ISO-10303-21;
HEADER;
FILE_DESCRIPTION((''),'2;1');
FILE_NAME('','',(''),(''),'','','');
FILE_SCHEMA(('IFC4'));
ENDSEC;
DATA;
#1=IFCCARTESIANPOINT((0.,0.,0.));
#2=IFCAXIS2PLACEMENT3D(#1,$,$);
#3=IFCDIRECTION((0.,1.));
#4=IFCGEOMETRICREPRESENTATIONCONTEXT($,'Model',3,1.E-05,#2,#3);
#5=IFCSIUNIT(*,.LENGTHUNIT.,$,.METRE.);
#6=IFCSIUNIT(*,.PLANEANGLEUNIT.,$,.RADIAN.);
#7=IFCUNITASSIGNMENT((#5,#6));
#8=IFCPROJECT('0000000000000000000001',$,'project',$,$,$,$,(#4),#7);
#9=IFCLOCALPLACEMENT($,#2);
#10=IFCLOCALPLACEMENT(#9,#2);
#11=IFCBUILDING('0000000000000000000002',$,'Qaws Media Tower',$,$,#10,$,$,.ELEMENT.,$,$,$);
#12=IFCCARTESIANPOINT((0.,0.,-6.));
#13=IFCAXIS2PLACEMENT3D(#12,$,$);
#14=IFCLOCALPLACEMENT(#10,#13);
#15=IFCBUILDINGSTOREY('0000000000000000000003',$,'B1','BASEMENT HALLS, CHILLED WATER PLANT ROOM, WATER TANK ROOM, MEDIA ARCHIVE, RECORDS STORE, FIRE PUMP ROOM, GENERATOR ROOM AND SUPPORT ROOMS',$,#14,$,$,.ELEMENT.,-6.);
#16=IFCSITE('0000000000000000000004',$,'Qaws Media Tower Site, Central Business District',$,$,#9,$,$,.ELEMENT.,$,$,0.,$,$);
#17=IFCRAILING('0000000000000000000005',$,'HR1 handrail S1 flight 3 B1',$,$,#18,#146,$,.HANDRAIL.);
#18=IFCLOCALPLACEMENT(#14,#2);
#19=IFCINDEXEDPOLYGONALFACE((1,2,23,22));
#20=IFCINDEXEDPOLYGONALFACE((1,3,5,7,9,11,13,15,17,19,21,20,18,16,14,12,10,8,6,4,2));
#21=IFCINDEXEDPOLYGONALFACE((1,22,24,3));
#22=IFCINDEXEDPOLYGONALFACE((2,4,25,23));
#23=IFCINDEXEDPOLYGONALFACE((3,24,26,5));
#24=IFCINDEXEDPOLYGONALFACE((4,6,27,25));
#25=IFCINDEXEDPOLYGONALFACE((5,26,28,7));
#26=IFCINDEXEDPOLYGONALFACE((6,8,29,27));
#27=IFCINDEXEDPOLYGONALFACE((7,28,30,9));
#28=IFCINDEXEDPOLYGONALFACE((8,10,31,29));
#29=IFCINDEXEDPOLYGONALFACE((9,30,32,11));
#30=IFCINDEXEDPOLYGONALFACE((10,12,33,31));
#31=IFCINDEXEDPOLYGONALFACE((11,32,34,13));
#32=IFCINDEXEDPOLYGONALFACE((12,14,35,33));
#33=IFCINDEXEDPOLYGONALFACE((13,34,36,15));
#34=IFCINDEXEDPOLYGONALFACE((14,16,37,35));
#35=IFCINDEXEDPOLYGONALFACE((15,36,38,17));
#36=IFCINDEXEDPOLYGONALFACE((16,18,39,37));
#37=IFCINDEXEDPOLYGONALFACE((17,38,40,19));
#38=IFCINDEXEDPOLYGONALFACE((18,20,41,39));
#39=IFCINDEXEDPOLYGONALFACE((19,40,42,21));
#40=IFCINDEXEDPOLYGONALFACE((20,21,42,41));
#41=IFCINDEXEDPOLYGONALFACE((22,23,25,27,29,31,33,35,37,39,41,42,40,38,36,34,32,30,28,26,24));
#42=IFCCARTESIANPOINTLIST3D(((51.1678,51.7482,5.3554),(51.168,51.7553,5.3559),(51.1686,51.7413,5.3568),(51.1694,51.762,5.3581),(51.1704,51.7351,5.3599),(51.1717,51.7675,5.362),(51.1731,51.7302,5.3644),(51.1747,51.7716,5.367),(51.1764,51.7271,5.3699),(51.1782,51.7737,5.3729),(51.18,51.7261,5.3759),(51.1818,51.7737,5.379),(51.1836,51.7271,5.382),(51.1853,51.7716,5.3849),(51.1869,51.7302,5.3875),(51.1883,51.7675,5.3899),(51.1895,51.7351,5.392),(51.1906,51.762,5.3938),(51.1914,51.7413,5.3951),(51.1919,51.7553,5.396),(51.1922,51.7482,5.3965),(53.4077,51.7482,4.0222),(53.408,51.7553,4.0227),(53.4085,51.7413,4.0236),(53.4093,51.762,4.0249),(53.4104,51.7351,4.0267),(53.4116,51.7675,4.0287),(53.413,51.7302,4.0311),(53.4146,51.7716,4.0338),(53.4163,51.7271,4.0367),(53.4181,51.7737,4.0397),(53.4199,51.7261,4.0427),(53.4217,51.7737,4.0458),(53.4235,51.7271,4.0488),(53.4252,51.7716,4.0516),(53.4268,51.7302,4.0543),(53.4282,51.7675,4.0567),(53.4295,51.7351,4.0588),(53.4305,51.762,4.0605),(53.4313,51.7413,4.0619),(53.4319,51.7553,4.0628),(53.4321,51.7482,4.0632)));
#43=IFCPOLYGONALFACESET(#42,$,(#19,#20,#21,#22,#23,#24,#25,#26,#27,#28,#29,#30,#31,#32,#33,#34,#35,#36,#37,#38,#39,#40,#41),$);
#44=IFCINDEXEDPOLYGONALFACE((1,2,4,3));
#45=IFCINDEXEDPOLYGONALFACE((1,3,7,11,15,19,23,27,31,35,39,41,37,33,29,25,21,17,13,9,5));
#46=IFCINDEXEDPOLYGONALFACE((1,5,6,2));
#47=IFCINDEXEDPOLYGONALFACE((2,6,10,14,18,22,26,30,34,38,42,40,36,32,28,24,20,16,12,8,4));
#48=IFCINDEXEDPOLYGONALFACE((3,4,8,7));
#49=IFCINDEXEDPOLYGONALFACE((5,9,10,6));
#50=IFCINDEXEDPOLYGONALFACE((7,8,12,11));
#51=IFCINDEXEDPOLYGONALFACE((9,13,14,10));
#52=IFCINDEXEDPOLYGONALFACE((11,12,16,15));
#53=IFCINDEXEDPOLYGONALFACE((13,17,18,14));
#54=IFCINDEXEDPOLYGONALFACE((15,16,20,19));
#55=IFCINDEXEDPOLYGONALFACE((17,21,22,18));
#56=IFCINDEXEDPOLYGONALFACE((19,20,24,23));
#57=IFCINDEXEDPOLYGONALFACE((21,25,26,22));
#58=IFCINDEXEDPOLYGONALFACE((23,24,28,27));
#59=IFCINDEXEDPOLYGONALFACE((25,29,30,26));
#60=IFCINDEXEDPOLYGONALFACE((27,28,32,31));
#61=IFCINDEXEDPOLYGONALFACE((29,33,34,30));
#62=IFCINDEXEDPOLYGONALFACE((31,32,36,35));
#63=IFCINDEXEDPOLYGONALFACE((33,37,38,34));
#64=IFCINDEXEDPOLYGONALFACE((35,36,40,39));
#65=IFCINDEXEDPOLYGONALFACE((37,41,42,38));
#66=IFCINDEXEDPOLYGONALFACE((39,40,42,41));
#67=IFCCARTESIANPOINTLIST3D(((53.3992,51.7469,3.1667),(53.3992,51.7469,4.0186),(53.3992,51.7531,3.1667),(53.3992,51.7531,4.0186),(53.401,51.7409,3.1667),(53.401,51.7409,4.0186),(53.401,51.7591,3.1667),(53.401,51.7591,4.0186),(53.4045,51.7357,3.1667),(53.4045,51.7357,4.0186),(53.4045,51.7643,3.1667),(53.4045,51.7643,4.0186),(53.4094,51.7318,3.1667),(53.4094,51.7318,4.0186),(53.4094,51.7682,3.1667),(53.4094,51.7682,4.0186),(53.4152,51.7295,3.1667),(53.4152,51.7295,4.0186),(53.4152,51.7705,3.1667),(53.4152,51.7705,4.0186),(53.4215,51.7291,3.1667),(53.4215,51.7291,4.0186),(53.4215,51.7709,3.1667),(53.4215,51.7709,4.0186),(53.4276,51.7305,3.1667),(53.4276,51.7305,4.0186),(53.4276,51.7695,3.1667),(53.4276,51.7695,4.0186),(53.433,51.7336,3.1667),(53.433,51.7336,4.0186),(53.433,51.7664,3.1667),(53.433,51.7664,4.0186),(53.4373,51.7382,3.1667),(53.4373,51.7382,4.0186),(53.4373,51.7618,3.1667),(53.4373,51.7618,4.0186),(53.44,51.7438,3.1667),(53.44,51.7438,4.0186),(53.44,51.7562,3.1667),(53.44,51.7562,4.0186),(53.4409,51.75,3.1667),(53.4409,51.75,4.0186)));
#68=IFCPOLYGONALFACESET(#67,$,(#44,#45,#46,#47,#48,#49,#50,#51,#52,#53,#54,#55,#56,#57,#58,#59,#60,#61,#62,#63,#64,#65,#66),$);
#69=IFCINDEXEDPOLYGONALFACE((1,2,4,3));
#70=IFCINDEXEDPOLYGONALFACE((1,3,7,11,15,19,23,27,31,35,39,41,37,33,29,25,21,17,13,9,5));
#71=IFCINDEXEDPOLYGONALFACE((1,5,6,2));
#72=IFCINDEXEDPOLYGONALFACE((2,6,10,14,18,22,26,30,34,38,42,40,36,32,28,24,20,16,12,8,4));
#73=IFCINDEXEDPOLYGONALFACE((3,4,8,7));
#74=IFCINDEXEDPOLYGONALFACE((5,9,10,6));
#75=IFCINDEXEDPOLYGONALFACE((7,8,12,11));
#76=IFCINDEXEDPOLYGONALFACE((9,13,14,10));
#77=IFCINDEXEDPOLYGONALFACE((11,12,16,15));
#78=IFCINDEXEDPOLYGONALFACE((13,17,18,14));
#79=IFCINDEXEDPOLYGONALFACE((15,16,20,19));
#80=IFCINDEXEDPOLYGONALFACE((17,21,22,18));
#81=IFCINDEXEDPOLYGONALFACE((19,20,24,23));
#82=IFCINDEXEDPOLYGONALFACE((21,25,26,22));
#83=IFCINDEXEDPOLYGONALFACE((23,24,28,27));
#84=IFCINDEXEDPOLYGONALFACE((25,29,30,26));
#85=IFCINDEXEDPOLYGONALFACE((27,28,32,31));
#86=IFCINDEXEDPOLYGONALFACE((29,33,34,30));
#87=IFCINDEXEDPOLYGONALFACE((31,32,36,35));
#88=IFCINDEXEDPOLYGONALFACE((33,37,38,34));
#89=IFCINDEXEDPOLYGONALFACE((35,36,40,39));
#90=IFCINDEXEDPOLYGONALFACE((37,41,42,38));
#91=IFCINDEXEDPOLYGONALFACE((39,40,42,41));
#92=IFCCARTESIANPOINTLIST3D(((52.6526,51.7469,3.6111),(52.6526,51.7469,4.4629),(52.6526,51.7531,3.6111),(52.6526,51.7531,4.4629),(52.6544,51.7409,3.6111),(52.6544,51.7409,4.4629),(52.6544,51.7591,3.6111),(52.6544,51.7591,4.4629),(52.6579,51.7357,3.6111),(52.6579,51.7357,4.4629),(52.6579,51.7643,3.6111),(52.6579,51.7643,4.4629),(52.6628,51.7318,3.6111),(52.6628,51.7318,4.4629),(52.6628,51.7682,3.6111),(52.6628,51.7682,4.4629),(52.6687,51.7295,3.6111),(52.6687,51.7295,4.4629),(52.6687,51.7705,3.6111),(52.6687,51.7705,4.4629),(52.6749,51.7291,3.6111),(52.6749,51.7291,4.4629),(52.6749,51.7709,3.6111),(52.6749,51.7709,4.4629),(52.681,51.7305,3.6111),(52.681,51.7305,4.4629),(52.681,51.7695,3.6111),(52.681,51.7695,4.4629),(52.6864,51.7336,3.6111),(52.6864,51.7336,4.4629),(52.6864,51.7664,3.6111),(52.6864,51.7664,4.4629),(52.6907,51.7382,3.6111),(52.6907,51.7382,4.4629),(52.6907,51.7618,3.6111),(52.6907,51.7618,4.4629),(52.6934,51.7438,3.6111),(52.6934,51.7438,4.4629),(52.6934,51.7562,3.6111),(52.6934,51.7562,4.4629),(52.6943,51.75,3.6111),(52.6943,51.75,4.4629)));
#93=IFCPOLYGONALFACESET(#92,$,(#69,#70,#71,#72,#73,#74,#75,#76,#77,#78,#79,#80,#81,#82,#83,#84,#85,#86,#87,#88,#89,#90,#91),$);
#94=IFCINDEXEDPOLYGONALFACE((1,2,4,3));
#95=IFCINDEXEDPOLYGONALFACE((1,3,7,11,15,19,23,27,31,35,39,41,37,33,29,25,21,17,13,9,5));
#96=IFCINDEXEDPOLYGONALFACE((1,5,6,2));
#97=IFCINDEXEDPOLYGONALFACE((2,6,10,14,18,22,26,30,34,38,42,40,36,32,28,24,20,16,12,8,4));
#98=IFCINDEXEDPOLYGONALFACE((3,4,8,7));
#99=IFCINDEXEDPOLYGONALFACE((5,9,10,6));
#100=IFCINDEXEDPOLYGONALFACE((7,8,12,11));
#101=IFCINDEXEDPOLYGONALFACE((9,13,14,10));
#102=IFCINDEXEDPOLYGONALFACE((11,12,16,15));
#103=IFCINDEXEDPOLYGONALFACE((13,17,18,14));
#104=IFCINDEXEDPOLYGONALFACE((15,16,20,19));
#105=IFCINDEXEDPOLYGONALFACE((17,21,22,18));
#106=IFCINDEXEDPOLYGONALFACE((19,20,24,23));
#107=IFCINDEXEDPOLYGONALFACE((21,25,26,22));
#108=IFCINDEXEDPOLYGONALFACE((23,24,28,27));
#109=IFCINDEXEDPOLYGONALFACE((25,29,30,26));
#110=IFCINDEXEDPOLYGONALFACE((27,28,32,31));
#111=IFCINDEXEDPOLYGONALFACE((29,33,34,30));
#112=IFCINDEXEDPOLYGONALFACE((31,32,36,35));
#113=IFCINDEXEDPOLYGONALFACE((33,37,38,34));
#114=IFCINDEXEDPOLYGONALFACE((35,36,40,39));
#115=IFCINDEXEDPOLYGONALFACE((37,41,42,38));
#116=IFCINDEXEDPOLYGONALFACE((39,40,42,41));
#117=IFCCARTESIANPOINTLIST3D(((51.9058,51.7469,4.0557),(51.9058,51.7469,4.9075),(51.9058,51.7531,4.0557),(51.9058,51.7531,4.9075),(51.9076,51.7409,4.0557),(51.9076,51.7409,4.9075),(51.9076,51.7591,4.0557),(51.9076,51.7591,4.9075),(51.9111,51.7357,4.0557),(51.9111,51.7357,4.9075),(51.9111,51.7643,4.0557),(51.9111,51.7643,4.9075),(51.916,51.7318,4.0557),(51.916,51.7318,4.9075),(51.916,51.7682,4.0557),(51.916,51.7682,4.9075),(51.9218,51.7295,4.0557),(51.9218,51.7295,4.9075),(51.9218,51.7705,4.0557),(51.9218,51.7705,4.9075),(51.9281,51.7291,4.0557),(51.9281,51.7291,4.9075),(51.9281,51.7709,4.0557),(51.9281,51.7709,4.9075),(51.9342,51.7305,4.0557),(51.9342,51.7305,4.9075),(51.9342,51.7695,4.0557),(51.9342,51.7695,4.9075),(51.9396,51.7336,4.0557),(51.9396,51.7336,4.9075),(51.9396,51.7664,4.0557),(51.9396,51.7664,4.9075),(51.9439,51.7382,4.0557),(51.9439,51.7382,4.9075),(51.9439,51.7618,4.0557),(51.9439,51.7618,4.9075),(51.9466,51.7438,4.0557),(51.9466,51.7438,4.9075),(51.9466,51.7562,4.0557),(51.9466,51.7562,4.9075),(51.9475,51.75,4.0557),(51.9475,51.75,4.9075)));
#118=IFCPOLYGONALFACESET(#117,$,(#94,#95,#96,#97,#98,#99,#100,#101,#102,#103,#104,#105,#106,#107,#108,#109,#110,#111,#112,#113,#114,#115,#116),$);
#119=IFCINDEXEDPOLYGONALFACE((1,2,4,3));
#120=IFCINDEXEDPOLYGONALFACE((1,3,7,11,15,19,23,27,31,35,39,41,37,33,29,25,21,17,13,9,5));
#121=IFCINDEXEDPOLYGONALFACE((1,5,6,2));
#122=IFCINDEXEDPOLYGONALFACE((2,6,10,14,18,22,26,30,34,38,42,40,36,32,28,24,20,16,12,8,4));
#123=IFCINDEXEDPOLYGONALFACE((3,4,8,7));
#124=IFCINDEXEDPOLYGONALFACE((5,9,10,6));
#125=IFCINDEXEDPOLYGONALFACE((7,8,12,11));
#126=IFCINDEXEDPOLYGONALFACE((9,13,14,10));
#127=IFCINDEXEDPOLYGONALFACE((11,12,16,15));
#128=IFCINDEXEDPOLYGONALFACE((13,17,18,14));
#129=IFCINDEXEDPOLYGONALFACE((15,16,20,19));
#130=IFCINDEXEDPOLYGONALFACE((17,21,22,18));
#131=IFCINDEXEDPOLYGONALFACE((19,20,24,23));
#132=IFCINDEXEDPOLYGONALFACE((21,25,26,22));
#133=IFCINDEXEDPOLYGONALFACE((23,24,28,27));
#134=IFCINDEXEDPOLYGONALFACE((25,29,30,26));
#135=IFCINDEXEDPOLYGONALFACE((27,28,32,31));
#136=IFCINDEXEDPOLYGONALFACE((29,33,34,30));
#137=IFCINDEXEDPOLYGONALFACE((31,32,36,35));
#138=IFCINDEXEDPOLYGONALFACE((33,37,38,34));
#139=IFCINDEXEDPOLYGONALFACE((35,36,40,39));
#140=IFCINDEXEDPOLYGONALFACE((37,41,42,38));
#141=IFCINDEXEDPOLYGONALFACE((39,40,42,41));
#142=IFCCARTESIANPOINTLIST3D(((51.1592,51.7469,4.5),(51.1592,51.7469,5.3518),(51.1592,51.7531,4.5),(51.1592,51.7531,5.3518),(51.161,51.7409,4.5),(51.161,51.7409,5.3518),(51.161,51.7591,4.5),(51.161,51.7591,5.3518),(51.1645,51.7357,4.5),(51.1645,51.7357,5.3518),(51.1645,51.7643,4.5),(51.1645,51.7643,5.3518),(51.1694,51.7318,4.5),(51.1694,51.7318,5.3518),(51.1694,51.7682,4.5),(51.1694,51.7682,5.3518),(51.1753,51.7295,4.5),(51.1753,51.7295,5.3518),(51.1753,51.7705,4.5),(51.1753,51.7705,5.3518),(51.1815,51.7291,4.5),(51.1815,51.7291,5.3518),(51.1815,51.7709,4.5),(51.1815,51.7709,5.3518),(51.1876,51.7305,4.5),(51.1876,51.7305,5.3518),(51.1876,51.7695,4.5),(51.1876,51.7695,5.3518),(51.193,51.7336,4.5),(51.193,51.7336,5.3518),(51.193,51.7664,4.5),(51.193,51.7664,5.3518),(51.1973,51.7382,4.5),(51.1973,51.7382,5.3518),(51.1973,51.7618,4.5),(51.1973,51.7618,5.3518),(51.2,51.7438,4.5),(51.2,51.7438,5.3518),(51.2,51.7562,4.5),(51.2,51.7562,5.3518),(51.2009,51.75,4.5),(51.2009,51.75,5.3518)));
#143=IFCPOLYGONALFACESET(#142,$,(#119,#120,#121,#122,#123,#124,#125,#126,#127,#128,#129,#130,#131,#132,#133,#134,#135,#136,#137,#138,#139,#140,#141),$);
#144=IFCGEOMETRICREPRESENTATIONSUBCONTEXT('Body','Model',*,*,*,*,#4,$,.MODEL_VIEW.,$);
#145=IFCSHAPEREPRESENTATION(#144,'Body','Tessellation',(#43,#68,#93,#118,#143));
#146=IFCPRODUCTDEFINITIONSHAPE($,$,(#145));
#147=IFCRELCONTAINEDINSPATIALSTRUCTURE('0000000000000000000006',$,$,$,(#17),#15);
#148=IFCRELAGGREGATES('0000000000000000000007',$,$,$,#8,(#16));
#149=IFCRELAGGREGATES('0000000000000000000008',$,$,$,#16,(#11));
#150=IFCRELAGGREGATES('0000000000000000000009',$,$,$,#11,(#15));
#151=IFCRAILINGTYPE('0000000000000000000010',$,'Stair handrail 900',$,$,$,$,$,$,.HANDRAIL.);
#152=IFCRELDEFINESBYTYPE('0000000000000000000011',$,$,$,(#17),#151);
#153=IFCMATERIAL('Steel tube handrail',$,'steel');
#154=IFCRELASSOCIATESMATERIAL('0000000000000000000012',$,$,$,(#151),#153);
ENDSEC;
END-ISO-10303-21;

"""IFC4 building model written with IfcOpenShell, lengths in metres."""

from ifc_helpers import new_model, si_unit, direction, frame, origin, origin_2d, place, context, subcontext, project, spatial, circle, extrude, material, type_object, element, save


model = new_model("IFC4")

# Units and contexts
model_context = context("Model", 3, precision=1e-05, world=origin(), true_north=direction((0.0, 1.0)))
body_context = subcontext(model_context, "Body", "Model", "MODEL_VIEW")
ifc_project = project(units=[si_unit("LENGTHUNIT", "METRE"), si_unit("PLANEANGLEUNIT", "RADIAN")], contexts=[model_context])

# Site, building, storey
site_placement = place(None, origin())
site = spatial("IfcSite", under=ifc_project, at=site_placement, Name="Qaws Media Tower Site, Central Business District", CompositionType="ELEMENT", RefElevation=0.0)
building_placement = place(site_placement, origin())
building = spatial("IfcBuilding", under=site, at=building_placement, Name="Qaws Media Tower", CompositionType="ELEMENT")
storey_placement = place(building_placement, frame((0.0, 0.0, -6.0)))
storey = spatial("IfcBuildingStorey", under=building, at=storey_placement, Name="B1", Description="BASEMENT HALLS, CHILLED WATER PLANT ROOM, WATER TANK ROOM, MEDIA ARCHIVE, RECORDS STORE, FIRE PUMP ROOM, GENERATOR ROOM AND SUPPORT ROOMS", CompositionType="ELEMENT", Elevation=-6.0)

# Railing
ifc_material_1 = material(Name="Steel tube handrail", Category="steel")
railing_type = type_object("IfcRailingType", Name="Stair handrail 900", PredefinedType="HANDRAIL", material=ifc_material_1)
for number, where, name in (
    (1, (53.4199, 51.75, 3.1667), "HR1 handrail S1 flight 3 B1"),
):
    element("IfcRailing", number, at=place(storey_placement, frame(where)), inside=storey, type_object=railing_type, Name=name, PredefinedType="HANDRAIL", context=body_context, shape_type="SweptSolid", body=[
        extrude(circle(Radius=0.0239, at=origin_2d()), frame((0.0, 0.0, 0.876), z_axis=(-0.859306, 0.0, 0.511462), x_axis=(0.0, -1.0, 0.0)), (0.0, 0.0, 1.0), 2.6067),
        extrude(circle(Radius=0.021, at=origin_2d()), origin(), (0.0, 0.0, 1.0), 0.8518),
        extrude(circle(Radius=0.021, at=origin_2d()), frame((-0.7466, 0.0, 0.4443)), (0.0, 0.0, 1.0), 0.8518),
        extrude(circle(Radius=0.021, at=origin_2d()), frame((-1.4934, 0.0, 0.8889)), (0.0, 0.0, 1.0), 0.8518),
        extrude(circle(Radius=0.021, at=origin_2d()), frame((-2.24, 0.0, 1.3333)), (0.0, 0.0, 1.0), 0.8518),
    ])

save(model, "model.ifc")
